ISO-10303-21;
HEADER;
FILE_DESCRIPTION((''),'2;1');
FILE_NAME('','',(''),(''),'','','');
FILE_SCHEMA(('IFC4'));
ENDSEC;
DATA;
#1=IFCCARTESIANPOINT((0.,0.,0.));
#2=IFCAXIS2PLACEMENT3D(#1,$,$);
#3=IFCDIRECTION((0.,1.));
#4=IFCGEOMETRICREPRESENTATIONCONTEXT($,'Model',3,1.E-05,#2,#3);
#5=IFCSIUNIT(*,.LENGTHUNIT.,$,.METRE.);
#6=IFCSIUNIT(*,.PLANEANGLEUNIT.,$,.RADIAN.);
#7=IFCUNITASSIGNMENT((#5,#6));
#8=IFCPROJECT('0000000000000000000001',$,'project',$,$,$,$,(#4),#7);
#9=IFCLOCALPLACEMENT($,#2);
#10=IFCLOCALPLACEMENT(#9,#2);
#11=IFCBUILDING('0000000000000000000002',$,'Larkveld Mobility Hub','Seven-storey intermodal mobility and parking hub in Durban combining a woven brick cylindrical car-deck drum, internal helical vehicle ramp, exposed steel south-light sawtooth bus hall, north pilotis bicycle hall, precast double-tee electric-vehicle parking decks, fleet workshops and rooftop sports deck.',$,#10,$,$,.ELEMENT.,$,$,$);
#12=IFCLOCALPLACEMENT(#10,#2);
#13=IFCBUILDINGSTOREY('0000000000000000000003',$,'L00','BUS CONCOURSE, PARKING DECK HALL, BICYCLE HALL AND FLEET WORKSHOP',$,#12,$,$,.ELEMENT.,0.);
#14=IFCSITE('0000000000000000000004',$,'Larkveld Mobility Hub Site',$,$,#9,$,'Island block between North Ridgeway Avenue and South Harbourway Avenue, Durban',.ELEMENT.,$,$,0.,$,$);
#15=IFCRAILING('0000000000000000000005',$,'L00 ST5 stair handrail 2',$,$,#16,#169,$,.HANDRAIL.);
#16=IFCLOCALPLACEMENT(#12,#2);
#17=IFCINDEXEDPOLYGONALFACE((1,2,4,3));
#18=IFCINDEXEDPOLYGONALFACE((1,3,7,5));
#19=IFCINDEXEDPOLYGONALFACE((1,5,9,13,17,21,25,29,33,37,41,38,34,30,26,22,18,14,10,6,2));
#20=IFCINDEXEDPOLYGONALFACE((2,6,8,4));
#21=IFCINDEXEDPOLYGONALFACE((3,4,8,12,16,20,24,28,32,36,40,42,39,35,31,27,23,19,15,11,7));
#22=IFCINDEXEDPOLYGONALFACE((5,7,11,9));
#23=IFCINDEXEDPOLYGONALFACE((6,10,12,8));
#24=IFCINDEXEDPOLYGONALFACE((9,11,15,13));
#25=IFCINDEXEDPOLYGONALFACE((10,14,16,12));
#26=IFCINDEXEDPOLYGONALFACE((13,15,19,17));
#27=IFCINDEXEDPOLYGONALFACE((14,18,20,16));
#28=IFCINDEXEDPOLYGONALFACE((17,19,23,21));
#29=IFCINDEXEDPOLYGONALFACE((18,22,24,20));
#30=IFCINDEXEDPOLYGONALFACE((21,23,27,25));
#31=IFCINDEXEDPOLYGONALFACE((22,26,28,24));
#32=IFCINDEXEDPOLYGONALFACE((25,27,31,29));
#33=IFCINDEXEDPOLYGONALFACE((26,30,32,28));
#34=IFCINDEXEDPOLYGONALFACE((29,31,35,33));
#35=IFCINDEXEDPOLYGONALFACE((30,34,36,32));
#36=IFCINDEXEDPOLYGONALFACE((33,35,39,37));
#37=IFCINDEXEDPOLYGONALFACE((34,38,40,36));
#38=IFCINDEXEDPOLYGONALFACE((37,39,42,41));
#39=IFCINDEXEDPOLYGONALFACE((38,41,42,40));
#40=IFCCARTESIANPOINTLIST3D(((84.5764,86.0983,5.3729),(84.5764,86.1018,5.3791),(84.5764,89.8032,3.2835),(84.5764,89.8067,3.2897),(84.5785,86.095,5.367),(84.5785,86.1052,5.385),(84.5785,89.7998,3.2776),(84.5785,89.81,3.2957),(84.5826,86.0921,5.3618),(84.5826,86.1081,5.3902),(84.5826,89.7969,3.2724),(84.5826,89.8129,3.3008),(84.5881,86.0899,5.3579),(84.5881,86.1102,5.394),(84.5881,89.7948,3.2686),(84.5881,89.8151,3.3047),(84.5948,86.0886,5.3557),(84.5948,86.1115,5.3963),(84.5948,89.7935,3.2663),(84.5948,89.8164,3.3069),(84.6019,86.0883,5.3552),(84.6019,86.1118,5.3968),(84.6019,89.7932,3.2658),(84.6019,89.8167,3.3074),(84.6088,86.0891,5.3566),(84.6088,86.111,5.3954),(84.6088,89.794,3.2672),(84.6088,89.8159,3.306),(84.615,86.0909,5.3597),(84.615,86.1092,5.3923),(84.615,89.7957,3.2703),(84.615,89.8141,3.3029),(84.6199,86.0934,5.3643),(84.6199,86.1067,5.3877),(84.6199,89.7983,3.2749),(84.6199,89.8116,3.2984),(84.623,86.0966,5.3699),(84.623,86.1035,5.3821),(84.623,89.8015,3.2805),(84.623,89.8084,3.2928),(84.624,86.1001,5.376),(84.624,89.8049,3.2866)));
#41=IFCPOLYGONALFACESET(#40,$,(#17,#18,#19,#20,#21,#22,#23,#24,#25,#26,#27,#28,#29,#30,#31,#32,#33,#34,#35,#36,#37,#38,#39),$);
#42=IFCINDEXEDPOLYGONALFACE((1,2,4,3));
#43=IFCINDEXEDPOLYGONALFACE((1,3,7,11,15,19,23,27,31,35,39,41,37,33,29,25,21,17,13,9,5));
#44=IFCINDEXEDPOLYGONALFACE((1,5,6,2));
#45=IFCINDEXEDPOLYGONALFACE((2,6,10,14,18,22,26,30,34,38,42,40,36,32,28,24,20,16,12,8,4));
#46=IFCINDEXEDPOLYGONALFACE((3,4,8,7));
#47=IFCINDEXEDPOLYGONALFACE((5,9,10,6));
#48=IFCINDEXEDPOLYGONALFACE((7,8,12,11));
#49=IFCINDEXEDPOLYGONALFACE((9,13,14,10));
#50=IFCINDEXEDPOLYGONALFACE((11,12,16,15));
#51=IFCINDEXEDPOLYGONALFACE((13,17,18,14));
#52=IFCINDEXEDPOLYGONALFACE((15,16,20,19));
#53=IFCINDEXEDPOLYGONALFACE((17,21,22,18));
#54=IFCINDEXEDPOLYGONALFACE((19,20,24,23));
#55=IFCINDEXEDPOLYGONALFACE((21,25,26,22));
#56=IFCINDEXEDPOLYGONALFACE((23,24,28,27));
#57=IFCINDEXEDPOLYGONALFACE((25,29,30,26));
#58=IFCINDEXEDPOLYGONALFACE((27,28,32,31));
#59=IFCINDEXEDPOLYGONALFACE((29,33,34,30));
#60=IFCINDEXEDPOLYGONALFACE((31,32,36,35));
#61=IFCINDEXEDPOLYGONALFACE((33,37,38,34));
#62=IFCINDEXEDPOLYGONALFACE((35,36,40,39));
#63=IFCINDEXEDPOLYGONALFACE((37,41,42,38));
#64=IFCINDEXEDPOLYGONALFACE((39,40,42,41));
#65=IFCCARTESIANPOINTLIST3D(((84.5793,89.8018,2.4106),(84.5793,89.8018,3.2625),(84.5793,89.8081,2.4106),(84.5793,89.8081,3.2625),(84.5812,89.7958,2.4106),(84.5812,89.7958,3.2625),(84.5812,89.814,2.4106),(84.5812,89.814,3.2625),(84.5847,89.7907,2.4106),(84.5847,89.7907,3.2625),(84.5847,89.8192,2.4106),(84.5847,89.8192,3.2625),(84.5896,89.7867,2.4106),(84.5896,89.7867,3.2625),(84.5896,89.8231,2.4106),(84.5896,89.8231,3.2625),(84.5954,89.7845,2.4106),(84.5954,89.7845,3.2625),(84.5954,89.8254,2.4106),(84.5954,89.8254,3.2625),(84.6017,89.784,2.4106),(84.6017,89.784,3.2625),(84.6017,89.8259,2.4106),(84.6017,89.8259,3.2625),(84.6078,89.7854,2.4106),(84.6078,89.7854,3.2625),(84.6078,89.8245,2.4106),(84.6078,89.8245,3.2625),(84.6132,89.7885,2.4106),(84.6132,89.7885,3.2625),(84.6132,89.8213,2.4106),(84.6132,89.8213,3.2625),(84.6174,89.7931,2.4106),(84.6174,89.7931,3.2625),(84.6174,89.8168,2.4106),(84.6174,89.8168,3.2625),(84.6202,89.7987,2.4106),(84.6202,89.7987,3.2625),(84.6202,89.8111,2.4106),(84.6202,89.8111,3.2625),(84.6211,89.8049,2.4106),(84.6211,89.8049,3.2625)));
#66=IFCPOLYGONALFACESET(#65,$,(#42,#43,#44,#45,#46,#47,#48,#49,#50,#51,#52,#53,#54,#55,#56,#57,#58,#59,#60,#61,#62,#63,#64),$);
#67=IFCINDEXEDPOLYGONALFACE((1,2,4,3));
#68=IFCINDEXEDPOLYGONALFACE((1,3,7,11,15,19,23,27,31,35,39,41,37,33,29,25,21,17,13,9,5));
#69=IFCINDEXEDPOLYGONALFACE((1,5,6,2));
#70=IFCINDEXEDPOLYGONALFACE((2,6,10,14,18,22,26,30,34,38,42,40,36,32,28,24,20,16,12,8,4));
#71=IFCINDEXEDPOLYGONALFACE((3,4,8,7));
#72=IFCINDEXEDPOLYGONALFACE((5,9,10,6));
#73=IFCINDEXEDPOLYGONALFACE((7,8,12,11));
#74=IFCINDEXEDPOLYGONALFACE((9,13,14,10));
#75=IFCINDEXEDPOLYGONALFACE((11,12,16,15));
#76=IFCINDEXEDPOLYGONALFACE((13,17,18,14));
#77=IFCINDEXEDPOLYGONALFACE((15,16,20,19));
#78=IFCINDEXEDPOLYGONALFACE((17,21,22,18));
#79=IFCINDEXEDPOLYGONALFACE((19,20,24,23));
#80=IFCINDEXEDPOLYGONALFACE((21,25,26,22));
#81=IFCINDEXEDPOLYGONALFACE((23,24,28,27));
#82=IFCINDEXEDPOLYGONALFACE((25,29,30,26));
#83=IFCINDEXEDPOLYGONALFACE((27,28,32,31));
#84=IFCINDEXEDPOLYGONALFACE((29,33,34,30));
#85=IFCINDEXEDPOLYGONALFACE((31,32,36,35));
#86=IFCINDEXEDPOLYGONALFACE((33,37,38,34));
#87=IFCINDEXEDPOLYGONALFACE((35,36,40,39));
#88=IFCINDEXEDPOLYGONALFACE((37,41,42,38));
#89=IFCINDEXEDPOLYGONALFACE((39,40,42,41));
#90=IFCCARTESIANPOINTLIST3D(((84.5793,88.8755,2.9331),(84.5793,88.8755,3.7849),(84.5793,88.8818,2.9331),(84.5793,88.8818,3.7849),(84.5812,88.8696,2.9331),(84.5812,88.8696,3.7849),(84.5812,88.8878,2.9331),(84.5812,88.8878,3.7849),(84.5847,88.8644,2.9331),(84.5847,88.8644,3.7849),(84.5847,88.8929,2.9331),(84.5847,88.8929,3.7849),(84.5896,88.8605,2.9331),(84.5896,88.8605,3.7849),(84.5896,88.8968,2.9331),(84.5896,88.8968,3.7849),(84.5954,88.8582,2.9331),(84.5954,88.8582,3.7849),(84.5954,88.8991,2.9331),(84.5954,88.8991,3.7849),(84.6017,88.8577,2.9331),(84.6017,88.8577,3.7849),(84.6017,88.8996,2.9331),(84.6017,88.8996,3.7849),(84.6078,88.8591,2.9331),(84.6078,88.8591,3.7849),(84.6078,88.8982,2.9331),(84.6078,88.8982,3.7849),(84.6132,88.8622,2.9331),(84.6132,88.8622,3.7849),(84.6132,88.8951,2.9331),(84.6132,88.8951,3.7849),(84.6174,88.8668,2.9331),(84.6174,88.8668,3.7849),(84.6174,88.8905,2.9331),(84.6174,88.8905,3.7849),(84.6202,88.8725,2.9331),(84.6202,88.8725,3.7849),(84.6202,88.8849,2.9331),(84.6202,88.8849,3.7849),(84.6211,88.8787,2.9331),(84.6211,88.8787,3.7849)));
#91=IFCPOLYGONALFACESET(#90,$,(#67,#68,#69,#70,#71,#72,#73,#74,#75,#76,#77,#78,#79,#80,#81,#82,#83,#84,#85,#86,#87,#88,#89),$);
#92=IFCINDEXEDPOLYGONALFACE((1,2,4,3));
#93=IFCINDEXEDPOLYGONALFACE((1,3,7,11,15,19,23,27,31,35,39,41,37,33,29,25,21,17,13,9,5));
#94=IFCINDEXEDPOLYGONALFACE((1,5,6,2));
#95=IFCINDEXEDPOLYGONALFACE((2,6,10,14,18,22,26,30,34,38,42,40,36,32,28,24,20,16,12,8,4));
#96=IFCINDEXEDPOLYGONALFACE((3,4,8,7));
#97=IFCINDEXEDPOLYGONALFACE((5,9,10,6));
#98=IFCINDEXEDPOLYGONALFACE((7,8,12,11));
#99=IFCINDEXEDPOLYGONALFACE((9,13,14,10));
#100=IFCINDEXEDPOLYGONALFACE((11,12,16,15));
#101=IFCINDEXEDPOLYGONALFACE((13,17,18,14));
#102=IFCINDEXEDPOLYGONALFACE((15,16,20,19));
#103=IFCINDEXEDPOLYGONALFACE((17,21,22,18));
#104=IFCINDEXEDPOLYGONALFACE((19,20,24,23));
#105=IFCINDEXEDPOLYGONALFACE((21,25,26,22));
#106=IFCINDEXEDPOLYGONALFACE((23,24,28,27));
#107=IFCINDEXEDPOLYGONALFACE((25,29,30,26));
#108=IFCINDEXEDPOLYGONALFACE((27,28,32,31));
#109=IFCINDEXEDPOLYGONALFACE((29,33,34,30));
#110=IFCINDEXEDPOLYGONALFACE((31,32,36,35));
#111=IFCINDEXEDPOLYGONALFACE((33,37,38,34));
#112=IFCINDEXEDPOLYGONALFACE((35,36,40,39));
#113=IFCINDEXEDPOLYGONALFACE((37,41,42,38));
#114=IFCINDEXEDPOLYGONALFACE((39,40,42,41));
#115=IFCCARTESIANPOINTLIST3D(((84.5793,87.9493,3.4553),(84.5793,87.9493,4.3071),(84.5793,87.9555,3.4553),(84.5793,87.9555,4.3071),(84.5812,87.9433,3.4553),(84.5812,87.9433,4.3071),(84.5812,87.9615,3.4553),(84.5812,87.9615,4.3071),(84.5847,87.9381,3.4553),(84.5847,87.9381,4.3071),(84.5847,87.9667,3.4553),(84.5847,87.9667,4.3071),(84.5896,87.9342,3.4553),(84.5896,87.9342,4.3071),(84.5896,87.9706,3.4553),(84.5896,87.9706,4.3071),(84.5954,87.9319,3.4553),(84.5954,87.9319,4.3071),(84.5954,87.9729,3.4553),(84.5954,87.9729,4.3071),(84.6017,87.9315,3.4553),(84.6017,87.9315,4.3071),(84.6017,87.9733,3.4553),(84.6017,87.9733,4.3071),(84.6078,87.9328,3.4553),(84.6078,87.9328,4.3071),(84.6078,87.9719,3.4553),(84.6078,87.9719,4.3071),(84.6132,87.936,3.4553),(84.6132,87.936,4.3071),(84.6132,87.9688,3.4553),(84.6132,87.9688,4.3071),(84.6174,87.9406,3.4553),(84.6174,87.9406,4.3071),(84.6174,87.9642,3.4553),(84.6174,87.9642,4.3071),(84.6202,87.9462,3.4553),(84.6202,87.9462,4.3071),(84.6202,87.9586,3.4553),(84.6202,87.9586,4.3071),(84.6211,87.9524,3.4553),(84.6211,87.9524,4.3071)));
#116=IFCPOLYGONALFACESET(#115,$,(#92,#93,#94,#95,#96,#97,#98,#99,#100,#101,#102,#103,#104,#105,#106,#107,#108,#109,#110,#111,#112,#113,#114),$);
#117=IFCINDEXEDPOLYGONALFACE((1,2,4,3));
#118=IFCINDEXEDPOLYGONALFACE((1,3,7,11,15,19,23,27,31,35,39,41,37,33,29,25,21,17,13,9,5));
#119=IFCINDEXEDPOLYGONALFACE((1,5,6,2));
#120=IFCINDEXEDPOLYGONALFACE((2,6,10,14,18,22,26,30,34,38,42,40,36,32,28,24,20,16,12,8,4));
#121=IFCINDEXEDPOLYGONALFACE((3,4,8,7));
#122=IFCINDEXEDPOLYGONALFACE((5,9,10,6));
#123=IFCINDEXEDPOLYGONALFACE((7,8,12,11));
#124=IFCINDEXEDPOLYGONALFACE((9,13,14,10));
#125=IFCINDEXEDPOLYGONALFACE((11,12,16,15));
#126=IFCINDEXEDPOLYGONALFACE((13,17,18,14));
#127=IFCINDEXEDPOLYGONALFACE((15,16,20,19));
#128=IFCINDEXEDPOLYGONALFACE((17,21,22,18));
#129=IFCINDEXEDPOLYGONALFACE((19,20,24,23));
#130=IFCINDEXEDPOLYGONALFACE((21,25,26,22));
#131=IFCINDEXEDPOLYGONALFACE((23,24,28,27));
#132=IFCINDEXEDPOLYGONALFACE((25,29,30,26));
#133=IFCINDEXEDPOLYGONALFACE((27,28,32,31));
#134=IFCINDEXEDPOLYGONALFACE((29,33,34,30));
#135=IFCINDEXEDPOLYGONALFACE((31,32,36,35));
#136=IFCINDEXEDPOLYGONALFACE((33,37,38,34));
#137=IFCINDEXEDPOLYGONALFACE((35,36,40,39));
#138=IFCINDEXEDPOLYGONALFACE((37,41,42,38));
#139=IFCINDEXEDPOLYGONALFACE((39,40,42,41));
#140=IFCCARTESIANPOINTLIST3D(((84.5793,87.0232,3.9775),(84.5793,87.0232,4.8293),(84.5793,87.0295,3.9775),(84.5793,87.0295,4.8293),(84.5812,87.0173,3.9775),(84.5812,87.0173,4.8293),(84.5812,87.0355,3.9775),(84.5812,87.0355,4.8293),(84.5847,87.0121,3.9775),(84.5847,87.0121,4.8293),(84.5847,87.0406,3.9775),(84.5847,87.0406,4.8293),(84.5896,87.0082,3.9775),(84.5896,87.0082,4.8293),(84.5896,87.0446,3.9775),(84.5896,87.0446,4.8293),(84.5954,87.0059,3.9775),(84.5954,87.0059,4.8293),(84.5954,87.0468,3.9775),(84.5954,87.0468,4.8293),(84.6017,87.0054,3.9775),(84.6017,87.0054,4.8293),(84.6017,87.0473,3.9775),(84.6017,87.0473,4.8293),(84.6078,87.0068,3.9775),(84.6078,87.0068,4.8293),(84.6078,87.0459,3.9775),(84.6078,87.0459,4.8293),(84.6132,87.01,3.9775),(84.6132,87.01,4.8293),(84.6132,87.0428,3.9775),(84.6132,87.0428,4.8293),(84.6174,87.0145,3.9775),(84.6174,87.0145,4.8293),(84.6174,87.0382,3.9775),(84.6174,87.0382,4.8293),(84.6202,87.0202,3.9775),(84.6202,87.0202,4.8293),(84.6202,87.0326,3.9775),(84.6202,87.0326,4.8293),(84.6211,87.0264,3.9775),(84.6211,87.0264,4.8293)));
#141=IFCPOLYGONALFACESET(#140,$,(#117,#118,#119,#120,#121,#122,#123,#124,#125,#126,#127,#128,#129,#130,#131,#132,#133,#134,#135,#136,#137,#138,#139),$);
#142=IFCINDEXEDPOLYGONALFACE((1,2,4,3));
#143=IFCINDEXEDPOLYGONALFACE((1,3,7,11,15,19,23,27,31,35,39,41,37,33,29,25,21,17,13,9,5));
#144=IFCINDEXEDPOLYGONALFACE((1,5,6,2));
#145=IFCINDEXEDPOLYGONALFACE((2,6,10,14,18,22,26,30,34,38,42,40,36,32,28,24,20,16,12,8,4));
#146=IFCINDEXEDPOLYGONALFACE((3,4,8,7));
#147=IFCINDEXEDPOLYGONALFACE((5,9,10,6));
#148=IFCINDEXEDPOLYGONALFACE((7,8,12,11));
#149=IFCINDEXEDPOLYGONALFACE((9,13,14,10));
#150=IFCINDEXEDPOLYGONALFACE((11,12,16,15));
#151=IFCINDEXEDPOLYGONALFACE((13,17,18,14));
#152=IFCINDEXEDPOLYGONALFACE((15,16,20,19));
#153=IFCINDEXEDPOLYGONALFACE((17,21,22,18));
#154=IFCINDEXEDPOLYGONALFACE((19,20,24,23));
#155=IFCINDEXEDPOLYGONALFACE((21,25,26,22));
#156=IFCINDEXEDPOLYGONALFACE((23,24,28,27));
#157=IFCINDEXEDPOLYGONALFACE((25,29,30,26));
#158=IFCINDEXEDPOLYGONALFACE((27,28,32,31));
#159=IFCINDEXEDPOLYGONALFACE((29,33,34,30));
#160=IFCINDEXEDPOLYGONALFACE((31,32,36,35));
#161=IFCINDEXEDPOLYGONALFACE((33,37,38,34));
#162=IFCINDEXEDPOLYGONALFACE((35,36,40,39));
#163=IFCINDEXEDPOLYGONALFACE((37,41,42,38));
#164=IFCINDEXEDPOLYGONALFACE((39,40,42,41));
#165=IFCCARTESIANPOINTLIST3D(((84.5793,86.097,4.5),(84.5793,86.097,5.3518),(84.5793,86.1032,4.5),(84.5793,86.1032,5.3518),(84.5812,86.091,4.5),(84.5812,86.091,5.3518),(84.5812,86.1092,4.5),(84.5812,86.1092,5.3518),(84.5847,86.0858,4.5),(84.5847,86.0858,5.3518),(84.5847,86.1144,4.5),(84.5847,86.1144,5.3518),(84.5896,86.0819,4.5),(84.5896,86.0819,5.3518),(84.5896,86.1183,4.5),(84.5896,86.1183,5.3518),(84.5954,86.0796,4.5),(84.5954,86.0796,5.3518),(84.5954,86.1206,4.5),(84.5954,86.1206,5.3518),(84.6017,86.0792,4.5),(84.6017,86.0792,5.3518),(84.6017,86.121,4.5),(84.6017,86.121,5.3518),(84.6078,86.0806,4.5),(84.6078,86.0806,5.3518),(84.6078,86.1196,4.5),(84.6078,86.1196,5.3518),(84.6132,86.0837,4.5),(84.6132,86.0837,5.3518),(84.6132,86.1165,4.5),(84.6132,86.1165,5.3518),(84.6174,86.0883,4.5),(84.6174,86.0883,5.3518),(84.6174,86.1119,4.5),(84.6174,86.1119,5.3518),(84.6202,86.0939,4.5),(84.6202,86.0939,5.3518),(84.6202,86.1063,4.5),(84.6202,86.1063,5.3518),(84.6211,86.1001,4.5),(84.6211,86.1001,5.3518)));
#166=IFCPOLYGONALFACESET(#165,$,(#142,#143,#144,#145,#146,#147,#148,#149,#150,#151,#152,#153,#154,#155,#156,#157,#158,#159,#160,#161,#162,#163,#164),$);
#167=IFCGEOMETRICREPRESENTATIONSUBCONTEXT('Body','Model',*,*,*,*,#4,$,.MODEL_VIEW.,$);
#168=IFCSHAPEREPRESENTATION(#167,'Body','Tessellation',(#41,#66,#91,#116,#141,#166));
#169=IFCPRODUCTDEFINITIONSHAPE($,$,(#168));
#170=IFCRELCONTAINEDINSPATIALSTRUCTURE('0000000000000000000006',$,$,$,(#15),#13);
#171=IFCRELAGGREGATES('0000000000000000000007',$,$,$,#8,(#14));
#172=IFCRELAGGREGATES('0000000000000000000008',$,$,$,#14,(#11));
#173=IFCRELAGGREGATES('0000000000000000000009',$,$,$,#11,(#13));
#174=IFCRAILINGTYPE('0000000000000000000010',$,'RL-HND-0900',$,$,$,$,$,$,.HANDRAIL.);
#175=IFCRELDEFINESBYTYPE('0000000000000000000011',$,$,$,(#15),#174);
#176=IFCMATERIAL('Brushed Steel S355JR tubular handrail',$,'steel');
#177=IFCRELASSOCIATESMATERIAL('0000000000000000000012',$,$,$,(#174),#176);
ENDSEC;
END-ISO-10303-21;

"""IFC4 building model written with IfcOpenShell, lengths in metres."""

from ifc_helpers import new_model, si_unit, direction, frame, origin, origin_2d, place, context, subcontext, project, spatial, circle, extrude, material, type_object, element, save


model = new_model("IFC4")

# Units and contexts
model_context = context("Model", 3, precision=1e-05, world=origin(), true_north=direction((0.0, 1.0)))
body_context = subcontext(model_context, "Body", "Model", "MODEL_VIEW")
ifc_project = project(units=[si_unit("LENGTHUNIT", "METRE"), si_unit("PLANEANGLEUNIT", "RADIAN")], contexts=[model_context])

# Site, building, storey
site_placement = place(None, origin())
site = spatial("IfcSite", under=ifc_project, at=site_placement, Name="Larkveld Mobility Hub Site", LongName="Island block between North Ridgeway Avenue and South Harbourway Avenue, Durban", CompositionType="ELEMENT", RefElevation=0.0)
building_placement = place(site_placement, origin())
building = spatial("IfcBuilding", under=site, at=building_placement, Name="Larkveld Mobility Hub", Description="Seven-storey intermodal mobility and parking hub in Durban combining a woven brick cylindrical car-deck drum, internal helical vehicle ramp, exposed steel south-light sawtooth bus hall, north pilotis bicycle hall, precast double-tee electric-vehicle parking decks, fleet workshops and rooftop sports deck.", CompositionType="ELEMENT")
storey_placement = place(building_placement, origin())
storey = spatial("IfcBuildingStorey", under=building, at=storey_placement, Name="L00", Description="BUS CONCOURSE, PARKING DECK HALL, BICYCLE HALL AND FLEET WORKSHOP", CompositionType="ELEMENT", Elevation=0.0)

# Railing
ifc_material_1 = material(Name="Brushed Steel S355JR tubular handrail", Category="steel")
railing_type_1 = type_object("IfcRailingType", Name="RL-HND-0900", PredefinedType="HANDRAIL", material=ifc_material_1)
railing_1_placement = place(storey_placement, frame((84.6001, 89.8049, 2.4106)))
element("IfcRailing", 1, at=railing_1_placement, inside=storey, type_object=railing_type_1, Name="L00 ST5 stair handrail 2", PredefinedType="HANDRAIL", context=body_context, shape_type="SweptSolid", body=[
    extrude(circle(Radius=0.0239, at=origin_2d()), frame((0.0, 0.0, 0.876), z_axis=(0.0, -0.871034, 0.491223), x_axis=(1.0, 0.0, 0.0)), (0.0, 0.0, 1.0), 4.2534),
    extrude(circle(Radius=0.021, at=origin_2d()), origin(), (0.0, 0.0, 1.0), 0.8518),
    extrude(circle(Radius=0.021, at=origin_2d()), frame((0.0, -0.9263, 0.5225)), (0.0, 0.0, 1.0), 0.8518),
    extrude(circle(Radius=0.021, at=origin_2d()), frame((0.0, -1.8525, 1.0447)), (0.0, 0.0, 1.0), 0.8518),
    extrude(circle(Radius=0.021, at=origin_2d()), frame((0.0, -2.7786, 1.5669)), (0.0, 0.0, 1.0), 0.8518),
    extrude(circle(Radius=0.021, at=origin_2d()), frame((0.0, -3.7048, 2.0894)), (0.0, 0.0, 1.0), 0.8518),
])

save(model, "model.ifc")
